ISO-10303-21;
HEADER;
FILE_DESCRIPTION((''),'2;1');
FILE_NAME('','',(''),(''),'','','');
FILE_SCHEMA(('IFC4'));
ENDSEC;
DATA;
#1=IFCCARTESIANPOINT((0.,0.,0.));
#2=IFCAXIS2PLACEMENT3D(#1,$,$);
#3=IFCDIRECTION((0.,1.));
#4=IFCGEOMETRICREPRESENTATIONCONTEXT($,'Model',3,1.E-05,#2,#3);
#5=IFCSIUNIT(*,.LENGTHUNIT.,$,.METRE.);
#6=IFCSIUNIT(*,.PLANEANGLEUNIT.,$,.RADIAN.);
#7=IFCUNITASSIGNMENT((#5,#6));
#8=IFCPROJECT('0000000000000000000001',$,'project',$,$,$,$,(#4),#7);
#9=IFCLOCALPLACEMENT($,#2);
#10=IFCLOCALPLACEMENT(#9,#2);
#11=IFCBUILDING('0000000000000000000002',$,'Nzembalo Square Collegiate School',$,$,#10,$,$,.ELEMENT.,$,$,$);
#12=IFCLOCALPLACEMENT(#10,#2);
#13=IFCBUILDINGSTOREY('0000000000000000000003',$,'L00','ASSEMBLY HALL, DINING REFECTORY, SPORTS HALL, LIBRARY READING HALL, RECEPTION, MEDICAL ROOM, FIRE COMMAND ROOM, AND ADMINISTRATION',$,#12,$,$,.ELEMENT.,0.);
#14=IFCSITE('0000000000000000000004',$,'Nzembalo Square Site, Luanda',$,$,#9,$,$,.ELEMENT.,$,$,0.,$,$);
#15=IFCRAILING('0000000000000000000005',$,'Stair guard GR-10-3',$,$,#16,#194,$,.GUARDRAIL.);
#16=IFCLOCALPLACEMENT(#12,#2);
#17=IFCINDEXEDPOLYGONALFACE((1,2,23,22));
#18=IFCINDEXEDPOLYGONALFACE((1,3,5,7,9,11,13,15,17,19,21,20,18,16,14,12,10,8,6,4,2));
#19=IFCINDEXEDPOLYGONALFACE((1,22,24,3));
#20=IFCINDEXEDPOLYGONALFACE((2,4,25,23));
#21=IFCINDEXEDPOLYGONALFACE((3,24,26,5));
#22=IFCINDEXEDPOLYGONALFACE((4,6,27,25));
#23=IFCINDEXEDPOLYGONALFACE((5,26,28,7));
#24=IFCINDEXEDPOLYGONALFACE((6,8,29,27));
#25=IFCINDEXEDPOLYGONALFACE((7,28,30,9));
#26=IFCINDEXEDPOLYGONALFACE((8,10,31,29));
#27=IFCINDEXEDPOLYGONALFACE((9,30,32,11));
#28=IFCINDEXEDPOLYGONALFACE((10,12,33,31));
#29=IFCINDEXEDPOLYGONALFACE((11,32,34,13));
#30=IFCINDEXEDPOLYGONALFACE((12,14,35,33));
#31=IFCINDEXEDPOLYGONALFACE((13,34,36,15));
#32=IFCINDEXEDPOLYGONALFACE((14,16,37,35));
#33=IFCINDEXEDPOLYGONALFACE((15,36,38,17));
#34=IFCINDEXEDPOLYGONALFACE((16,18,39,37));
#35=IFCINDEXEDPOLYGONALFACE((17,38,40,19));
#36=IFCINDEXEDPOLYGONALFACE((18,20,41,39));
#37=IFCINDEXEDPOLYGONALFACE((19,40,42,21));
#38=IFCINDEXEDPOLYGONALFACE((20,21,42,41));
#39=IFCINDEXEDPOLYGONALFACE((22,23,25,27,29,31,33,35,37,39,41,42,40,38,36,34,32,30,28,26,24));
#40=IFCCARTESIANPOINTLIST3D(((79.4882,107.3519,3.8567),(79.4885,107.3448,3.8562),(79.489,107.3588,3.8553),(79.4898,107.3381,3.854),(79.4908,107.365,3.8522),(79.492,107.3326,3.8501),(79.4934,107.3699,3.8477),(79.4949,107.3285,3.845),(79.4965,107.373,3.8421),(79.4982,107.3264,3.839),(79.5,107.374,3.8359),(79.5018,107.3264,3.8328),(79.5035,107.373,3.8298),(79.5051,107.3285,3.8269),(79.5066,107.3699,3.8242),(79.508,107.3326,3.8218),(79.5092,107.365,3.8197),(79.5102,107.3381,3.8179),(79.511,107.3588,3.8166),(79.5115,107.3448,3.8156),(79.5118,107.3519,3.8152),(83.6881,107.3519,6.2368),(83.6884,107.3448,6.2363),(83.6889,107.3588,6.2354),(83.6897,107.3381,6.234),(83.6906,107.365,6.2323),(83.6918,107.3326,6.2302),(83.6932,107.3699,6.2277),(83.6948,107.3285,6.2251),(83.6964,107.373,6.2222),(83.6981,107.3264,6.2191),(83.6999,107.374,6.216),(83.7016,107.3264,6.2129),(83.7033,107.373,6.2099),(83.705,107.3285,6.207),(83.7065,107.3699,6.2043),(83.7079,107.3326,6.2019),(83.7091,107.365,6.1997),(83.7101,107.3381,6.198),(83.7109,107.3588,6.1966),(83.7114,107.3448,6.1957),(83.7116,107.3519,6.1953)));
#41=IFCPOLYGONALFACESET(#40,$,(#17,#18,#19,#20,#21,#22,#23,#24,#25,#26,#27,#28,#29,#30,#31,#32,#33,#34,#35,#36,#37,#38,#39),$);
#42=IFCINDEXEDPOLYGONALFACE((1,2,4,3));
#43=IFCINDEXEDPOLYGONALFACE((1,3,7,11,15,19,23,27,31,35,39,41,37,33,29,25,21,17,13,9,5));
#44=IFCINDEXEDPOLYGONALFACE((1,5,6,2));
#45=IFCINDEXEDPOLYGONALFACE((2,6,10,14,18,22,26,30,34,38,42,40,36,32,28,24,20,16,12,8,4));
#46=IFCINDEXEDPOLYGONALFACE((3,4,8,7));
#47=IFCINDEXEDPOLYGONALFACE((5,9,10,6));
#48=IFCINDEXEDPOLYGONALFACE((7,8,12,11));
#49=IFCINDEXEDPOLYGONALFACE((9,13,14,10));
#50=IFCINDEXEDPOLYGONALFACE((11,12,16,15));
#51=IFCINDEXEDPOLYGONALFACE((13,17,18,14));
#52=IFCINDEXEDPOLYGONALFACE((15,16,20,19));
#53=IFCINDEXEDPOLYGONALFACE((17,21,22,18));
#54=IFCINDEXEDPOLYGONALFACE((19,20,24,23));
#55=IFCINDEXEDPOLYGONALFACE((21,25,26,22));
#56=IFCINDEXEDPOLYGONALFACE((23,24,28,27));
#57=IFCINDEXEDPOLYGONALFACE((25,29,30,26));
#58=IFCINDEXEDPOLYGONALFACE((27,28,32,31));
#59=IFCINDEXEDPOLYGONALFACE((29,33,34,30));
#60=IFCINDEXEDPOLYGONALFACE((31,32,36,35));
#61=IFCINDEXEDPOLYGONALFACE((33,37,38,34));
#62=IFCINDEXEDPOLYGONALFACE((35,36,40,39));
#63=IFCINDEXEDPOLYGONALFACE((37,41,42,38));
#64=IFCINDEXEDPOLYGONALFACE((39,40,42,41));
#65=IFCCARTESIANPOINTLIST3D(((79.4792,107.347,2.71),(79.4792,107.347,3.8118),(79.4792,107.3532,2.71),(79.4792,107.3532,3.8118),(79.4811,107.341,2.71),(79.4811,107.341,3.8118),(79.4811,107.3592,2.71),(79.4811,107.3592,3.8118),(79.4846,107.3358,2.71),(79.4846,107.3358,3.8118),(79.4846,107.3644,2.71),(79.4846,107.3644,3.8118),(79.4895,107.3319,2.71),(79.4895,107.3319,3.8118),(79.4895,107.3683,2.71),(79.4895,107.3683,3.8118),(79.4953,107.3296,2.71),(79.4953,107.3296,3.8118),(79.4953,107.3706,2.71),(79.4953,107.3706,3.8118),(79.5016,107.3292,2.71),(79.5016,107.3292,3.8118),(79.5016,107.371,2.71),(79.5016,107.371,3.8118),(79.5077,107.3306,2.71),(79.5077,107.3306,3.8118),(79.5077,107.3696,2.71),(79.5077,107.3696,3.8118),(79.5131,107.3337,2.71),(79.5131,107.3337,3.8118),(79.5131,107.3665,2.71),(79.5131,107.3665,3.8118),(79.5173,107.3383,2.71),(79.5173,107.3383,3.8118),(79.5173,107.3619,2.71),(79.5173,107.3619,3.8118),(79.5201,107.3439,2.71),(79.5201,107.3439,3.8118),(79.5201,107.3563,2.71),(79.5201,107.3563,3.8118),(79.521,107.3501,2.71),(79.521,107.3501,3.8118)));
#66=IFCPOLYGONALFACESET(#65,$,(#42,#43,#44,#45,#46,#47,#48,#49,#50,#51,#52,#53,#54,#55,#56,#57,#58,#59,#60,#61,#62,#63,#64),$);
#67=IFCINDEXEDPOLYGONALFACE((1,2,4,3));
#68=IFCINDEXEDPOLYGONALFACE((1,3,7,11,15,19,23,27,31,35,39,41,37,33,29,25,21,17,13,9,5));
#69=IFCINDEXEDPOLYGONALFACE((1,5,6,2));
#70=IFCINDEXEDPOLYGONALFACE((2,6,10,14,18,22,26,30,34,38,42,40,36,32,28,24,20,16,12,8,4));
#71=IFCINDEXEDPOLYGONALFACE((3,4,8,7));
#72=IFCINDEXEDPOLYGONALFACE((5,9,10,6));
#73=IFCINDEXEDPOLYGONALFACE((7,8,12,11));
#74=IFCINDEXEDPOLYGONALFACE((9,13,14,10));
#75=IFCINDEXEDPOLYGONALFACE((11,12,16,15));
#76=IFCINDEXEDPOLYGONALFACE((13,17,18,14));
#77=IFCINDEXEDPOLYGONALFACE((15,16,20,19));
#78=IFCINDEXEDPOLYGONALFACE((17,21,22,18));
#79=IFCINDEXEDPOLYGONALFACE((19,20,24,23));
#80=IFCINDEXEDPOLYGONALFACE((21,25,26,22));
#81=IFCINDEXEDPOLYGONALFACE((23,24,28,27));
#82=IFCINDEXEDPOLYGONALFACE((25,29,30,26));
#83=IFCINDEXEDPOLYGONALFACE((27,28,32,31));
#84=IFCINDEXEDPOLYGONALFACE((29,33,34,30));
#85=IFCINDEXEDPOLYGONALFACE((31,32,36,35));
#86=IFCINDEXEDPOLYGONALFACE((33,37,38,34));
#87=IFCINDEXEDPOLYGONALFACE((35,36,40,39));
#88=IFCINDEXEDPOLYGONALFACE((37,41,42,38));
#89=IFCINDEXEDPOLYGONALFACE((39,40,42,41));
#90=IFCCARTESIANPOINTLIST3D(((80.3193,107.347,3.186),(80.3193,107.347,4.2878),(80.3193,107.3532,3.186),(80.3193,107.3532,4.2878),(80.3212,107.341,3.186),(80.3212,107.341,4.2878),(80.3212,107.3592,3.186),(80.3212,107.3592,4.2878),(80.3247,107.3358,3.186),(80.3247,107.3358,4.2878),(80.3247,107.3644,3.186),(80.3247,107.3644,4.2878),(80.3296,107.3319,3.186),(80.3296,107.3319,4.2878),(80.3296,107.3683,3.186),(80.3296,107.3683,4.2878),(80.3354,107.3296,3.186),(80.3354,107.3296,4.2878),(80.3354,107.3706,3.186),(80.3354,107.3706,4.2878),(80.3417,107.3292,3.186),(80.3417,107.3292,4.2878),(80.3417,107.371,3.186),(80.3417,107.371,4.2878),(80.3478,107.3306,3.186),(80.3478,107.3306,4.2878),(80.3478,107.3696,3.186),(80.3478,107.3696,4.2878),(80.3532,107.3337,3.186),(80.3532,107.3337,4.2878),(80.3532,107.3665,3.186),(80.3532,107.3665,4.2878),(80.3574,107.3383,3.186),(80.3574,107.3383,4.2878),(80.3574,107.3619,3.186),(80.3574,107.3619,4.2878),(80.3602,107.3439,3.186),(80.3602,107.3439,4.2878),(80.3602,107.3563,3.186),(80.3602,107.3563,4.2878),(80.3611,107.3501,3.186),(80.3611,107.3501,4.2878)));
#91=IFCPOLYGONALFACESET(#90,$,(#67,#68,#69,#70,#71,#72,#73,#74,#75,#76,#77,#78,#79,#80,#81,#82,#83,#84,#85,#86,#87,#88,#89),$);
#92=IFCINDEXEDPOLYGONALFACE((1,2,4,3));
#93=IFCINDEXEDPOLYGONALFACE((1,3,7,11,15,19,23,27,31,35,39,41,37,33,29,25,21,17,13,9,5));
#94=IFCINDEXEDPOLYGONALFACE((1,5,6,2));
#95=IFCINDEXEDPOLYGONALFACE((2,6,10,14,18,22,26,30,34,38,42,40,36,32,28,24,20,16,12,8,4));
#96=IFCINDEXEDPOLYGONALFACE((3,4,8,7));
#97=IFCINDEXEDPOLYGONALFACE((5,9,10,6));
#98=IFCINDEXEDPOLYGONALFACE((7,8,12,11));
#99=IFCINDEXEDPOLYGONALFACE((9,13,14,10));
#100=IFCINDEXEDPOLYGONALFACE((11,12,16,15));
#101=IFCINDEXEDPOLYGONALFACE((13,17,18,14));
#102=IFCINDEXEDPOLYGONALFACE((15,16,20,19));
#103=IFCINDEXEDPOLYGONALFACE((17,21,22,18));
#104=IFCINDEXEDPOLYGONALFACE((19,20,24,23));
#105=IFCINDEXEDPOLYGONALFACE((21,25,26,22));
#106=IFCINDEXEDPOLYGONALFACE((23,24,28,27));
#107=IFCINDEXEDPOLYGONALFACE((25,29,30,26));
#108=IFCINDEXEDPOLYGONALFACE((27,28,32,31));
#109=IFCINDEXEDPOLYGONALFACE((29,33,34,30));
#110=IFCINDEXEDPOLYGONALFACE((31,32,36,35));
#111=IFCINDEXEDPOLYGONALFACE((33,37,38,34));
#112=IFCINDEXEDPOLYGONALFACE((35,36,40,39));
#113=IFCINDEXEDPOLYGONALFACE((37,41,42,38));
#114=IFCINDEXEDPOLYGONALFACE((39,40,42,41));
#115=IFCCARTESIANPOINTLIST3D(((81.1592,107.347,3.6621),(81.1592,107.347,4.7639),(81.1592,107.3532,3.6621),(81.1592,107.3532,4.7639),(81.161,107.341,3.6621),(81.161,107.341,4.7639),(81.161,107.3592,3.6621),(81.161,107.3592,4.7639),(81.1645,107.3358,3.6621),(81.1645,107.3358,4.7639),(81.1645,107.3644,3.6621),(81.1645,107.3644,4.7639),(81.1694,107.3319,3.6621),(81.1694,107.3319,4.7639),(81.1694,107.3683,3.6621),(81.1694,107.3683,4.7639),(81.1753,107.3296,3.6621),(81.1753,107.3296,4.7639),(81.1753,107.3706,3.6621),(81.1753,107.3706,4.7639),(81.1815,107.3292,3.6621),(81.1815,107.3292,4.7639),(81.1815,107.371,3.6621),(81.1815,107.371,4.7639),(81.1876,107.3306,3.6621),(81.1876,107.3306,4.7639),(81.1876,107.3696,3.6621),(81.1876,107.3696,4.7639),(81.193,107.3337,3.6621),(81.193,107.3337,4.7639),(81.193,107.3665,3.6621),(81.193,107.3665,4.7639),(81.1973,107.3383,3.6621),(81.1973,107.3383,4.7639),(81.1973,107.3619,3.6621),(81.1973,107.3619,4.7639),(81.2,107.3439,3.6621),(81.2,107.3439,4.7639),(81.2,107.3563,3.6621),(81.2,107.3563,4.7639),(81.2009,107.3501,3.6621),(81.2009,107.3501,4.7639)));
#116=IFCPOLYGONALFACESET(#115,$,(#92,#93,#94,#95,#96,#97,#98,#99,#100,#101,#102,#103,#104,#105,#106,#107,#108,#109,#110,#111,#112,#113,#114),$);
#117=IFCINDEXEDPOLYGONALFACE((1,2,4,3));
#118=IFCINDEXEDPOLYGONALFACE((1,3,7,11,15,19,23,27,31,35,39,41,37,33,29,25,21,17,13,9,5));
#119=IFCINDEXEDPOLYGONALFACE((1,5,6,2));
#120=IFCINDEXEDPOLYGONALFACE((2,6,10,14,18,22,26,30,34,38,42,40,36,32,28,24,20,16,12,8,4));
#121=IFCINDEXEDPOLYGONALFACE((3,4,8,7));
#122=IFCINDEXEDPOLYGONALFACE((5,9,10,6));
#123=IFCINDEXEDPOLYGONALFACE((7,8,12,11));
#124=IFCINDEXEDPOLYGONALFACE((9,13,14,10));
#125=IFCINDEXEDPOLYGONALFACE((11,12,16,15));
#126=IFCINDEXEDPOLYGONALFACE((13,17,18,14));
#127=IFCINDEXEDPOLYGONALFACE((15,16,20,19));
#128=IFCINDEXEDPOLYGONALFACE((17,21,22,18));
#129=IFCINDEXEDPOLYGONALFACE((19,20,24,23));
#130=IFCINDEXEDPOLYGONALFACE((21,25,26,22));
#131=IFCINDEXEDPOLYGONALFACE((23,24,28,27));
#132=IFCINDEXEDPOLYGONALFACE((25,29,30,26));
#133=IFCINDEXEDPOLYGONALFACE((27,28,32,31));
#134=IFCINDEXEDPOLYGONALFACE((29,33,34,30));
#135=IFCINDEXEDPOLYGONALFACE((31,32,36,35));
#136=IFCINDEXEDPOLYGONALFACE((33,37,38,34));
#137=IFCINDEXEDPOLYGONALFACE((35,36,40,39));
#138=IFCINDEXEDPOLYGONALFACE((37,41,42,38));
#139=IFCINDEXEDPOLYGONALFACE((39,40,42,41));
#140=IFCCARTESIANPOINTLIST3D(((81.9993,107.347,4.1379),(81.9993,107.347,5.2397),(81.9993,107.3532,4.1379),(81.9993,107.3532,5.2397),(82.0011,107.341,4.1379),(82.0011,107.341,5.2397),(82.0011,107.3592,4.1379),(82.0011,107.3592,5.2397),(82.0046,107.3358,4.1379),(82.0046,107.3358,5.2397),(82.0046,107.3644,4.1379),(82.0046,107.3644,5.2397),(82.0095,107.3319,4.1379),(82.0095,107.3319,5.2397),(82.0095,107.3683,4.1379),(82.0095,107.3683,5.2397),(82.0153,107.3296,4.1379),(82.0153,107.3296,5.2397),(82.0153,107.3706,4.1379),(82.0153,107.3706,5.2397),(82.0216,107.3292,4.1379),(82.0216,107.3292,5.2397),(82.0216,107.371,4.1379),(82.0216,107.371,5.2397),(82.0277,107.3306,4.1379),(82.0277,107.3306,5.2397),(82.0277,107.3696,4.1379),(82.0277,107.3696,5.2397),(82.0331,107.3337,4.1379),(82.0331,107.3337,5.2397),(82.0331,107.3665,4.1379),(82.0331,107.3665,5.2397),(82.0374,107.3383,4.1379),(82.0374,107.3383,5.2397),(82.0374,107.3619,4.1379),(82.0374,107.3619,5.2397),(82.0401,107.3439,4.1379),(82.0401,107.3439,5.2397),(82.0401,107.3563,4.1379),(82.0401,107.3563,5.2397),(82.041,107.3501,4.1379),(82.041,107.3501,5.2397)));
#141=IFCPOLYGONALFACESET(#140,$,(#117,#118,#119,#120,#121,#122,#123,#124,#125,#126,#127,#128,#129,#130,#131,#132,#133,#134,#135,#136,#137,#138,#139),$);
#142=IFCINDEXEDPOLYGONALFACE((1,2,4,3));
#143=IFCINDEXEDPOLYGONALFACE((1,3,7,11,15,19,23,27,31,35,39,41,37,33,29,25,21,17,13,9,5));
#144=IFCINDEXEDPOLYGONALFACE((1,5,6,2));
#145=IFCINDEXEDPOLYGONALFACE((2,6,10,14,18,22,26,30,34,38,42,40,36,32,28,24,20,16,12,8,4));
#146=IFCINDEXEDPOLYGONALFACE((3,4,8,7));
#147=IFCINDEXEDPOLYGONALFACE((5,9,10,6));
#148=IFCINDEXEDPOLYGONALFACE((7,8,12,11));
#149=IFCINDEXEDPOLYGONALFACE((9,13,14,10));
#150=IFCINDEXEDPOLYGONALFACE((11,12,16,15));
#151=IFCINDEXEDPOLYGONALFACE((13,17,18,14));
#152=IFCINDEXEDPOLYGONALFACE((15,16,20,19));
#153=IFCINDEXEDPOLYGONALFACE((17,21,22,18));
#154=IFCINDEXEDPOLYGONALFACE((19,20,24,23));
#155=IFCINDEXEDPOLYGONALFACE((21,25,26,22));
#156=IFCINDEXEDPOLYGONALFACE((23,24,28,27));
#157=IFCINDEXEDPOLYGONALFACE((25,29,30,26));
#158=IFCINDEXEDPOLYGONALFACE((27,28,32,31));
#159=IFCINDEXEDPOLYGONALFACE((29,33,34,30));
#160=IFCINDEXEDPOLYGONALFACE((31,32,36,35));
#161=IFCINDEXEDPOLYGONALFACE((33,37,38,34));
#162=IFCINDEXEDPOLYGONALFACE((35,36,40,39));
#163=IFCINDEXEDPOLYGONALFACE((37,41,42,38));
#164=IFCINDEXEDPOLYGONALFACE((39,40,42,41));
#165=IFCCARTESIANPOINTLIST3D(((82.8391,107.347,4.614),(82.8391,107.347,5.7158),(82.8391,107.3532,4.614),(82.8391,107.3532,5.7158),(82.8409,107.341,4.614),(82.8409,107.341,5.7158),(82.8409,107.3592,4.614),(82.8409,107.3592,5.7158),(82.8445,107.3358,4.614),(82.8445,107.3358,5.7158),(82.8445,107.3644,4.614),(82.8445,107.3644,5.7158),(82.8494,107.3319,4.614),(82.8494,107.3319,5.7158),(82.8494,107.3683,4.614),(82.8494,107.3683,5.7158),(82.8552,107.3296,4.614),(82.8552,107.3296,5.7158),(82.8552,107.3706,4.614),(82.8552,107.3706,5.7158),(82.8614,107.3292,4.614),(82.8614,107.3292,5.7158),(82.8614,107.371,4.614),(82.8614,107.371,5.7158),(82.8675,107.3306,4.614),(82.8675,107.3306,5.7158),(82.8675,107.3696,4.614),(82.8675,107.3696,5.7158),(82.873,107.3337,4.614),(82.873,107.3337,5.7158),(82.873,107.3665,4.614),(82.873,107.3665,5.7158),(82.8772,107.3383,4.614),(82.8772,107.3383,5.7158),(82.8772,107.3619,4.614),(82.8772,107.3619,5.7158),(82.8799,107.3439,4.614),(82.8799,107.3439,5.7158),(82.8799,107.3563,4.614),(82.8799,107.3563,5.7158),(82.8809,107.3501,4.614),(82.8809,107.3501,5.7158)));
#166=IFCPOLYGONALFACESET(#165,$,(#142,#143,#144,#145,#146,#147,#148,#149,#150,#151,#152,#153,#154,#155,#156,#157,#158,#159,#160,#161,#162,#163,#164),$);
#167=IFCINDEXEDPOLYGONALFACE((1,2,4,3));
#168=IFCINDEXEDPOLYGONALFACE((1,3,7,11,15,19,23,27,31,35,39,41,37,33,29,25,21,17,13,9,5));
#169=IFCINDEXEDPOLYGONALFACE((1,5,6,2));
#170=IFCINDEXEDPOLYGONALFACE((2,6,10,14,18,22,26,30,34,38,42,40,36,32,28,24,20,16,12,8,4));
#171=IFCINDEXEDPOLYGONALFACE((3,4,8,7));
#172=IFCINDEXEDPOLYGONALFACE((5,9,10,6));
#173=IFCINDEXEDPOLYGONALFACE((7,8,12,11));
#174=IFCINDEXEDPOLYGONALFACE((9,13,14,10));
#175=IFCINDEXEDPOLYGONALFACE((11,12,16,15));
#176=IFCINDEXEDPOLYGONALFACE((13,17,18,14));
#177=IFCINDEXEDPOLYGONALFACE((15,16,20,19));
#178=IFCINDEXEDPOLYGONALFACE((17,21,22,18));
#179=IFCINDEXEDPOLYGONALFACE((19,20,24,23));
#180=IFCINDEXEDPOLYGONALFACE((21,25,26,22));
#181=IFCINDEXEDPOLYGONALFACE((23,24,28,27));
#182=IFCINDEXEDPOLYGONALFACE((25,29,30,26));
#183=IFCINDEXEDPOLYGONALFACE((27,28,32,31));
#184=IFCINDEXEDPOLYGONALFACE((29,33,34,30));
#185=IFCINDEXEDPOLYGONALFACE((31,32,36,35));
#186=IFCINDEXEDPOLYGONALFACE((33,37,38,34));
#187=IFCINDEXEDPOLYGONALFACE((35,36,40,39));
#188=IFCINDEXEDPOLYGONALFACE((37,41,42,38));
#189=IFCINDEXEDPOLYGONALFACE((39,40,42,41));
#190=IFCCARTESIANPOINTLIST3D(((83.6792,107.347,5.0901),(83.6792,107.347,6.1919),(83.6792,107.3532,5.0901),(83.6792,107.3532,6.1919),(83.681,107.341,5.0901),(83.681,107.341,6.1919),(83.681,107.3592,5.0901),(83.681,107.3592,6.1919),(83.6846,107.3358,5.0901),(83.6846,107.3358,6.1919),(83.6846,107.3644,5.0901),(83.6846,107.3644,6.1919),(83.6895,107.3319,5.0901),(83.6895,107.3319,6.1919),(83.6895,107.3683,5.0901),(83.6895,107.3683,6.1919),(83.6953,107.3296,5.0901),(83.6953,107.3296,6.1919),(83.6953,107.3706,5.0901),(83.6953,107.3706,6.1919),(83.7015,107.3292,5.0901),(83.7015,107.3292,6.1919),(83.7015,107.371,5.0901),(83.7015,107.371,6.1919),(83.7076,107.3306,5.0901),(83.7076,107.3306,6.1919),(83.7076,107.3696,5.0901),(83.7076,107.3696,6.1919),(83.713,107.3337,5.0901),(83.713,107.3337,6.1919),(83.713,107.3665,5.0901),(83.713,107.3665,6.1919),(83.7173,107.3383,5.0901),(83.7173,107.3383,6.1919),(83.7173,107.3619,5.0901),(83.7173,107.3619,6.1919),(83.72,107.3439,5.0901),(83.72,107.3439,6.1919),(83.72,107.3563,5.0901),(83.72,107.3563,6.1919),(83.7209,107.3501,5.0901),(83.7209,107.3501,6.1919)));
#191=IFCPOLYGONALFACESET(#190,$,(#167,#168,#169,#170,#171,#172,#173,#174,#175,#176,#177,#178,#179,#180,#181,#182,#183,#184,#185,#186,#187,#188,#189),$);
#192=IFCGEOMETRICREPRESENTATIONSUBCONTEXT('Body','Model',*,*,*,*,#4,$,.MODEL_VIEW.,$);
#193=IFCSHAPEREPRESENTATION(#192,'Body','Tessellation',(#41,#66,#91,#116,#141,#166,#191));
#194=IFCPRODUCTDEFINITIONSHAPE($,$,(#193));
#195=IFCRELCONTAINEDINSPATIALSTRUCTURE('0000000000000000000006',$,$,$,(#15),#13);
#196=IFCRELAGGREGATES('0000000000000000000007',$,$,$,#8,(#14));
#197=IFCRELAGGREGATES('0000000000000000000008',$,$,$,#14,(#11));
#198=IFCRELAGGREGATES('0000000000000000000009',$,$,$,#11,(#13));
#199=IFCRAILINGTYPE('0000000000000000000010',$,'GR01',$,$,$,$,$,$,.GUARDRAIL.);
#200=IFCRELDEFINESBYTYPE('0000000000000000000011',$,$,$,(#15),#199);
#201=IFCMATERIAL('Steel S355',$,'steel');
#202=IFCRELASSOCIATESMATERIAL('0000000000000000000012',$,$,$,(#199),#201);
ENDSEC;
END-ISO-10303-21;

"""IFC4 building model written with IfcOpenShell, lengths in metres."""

from ifc_helpers import new_model, si_unit, direction, frame, origin, origin_2d, place, context, subcontext, project, spatial, circle, extrude, material, type_object, element, save


model = new_model("IFC4")

# Units and contexts
model_context = context("Model", 3, precision=1e-05, world=origin(), true_north=direction((0.0, 1.0)))
body_context = subcontext(model_context, "Body", "Model", "MODEL_VIEW")
ifc_project = project(units=[si_unit("LENGTHUNIT", "METRE"), si_unit("PLANEANGLEUNIT", "RADIAN")], contexts=[model_context])

# Site, building, storey
site_placement = place(None, origin())
site = spatial("IfcSite", under=ifc_project, at=site_placement, Name="Nzembalo Square Site, Luanda", CompositionType="ELEMENT", RefElevation=0.0)
building_placement = place(site_placement, origin())
building = spatial("IfcBuilding", under=site, at=building_placement, Name="Nzembalo Square Collegiate School", CompositionType="ELEMENT")
storey_placement = place(building_placement, origin())
storey = spatial("IfcBuildingStorey", under=building, at=storey_placement, Name="L00", Description="ASSEMBLY HALL, DINING REFECTORY, SPORTS HALL, LIBRARY READING HALL, RECEPTION, MEDICAL ROOM, FIRE COMMAND ROOM, AND ADMINISTRATION", CompositionType="ELEMENT", Elevation=0.0)

# Railing
ifc_material_1 = material(Name="Steel S355", Category="steel")
railing_type_1 = type_object("IfcRailingType", Name="GR01", PredefinedType="GUARDRAIL", material=ifc_material_1)
railing_1_placement = place(storey_placement, frame((79.5, 107.3501, 2.71)))
element("IfcRailing", 1, at=railing_1_placement, inside=storey, type_object=railing_type_1, Name="Stair guard GR-10-3", PredefinedType="GUARDRAIL", context=body_context, shape_type="SweptSolid", body=[
    extrude(circle(Radius=0.0239, at=origin_2d()), frame((0.0, 0.0, 1.126), z_axis=(0.870008, 0.0, 0.493037), x_axis=(0.0, 1.0, 0.0)), (0.0, 0.0, 1.0), 4.8274),
    extrude(circle(Radius=0.021, at=origin_2d()), origin(), (0.0, 0.0, 1.0), 1.1018),
    extrude(circle(Radius=0.021, at=origin_2d()), frame((0.8401, 0.0, 0.4761)), (0.0, 0.0, 1.0), 1.1018),
    extrude(circle(Radius=0.021, at=origin_2d()), frame((1.6799, 0.0, 0.9521)), (0.0, 0.0, 1.0), 1.1018),
    extrude(circle(Radius=0.021, at=origin_2d()), frame((2.52, 0.0, 1.428)), (0.0, 0.0, 1.0), 1.1018),
    extrude(circle(Radius=0.021, at=origin_2d()), frame((3.3599, 0.0, 1.9041)), (0.0, 0.0, 1.0), 1.1018),
    extrude(circle(Radius=0.021, at=origin_2d()), frame((4.2, 0.0, 2.3801)), (0.0, 0.0, 1.0), 1.1018),
])

save(model, "model.ifc")
